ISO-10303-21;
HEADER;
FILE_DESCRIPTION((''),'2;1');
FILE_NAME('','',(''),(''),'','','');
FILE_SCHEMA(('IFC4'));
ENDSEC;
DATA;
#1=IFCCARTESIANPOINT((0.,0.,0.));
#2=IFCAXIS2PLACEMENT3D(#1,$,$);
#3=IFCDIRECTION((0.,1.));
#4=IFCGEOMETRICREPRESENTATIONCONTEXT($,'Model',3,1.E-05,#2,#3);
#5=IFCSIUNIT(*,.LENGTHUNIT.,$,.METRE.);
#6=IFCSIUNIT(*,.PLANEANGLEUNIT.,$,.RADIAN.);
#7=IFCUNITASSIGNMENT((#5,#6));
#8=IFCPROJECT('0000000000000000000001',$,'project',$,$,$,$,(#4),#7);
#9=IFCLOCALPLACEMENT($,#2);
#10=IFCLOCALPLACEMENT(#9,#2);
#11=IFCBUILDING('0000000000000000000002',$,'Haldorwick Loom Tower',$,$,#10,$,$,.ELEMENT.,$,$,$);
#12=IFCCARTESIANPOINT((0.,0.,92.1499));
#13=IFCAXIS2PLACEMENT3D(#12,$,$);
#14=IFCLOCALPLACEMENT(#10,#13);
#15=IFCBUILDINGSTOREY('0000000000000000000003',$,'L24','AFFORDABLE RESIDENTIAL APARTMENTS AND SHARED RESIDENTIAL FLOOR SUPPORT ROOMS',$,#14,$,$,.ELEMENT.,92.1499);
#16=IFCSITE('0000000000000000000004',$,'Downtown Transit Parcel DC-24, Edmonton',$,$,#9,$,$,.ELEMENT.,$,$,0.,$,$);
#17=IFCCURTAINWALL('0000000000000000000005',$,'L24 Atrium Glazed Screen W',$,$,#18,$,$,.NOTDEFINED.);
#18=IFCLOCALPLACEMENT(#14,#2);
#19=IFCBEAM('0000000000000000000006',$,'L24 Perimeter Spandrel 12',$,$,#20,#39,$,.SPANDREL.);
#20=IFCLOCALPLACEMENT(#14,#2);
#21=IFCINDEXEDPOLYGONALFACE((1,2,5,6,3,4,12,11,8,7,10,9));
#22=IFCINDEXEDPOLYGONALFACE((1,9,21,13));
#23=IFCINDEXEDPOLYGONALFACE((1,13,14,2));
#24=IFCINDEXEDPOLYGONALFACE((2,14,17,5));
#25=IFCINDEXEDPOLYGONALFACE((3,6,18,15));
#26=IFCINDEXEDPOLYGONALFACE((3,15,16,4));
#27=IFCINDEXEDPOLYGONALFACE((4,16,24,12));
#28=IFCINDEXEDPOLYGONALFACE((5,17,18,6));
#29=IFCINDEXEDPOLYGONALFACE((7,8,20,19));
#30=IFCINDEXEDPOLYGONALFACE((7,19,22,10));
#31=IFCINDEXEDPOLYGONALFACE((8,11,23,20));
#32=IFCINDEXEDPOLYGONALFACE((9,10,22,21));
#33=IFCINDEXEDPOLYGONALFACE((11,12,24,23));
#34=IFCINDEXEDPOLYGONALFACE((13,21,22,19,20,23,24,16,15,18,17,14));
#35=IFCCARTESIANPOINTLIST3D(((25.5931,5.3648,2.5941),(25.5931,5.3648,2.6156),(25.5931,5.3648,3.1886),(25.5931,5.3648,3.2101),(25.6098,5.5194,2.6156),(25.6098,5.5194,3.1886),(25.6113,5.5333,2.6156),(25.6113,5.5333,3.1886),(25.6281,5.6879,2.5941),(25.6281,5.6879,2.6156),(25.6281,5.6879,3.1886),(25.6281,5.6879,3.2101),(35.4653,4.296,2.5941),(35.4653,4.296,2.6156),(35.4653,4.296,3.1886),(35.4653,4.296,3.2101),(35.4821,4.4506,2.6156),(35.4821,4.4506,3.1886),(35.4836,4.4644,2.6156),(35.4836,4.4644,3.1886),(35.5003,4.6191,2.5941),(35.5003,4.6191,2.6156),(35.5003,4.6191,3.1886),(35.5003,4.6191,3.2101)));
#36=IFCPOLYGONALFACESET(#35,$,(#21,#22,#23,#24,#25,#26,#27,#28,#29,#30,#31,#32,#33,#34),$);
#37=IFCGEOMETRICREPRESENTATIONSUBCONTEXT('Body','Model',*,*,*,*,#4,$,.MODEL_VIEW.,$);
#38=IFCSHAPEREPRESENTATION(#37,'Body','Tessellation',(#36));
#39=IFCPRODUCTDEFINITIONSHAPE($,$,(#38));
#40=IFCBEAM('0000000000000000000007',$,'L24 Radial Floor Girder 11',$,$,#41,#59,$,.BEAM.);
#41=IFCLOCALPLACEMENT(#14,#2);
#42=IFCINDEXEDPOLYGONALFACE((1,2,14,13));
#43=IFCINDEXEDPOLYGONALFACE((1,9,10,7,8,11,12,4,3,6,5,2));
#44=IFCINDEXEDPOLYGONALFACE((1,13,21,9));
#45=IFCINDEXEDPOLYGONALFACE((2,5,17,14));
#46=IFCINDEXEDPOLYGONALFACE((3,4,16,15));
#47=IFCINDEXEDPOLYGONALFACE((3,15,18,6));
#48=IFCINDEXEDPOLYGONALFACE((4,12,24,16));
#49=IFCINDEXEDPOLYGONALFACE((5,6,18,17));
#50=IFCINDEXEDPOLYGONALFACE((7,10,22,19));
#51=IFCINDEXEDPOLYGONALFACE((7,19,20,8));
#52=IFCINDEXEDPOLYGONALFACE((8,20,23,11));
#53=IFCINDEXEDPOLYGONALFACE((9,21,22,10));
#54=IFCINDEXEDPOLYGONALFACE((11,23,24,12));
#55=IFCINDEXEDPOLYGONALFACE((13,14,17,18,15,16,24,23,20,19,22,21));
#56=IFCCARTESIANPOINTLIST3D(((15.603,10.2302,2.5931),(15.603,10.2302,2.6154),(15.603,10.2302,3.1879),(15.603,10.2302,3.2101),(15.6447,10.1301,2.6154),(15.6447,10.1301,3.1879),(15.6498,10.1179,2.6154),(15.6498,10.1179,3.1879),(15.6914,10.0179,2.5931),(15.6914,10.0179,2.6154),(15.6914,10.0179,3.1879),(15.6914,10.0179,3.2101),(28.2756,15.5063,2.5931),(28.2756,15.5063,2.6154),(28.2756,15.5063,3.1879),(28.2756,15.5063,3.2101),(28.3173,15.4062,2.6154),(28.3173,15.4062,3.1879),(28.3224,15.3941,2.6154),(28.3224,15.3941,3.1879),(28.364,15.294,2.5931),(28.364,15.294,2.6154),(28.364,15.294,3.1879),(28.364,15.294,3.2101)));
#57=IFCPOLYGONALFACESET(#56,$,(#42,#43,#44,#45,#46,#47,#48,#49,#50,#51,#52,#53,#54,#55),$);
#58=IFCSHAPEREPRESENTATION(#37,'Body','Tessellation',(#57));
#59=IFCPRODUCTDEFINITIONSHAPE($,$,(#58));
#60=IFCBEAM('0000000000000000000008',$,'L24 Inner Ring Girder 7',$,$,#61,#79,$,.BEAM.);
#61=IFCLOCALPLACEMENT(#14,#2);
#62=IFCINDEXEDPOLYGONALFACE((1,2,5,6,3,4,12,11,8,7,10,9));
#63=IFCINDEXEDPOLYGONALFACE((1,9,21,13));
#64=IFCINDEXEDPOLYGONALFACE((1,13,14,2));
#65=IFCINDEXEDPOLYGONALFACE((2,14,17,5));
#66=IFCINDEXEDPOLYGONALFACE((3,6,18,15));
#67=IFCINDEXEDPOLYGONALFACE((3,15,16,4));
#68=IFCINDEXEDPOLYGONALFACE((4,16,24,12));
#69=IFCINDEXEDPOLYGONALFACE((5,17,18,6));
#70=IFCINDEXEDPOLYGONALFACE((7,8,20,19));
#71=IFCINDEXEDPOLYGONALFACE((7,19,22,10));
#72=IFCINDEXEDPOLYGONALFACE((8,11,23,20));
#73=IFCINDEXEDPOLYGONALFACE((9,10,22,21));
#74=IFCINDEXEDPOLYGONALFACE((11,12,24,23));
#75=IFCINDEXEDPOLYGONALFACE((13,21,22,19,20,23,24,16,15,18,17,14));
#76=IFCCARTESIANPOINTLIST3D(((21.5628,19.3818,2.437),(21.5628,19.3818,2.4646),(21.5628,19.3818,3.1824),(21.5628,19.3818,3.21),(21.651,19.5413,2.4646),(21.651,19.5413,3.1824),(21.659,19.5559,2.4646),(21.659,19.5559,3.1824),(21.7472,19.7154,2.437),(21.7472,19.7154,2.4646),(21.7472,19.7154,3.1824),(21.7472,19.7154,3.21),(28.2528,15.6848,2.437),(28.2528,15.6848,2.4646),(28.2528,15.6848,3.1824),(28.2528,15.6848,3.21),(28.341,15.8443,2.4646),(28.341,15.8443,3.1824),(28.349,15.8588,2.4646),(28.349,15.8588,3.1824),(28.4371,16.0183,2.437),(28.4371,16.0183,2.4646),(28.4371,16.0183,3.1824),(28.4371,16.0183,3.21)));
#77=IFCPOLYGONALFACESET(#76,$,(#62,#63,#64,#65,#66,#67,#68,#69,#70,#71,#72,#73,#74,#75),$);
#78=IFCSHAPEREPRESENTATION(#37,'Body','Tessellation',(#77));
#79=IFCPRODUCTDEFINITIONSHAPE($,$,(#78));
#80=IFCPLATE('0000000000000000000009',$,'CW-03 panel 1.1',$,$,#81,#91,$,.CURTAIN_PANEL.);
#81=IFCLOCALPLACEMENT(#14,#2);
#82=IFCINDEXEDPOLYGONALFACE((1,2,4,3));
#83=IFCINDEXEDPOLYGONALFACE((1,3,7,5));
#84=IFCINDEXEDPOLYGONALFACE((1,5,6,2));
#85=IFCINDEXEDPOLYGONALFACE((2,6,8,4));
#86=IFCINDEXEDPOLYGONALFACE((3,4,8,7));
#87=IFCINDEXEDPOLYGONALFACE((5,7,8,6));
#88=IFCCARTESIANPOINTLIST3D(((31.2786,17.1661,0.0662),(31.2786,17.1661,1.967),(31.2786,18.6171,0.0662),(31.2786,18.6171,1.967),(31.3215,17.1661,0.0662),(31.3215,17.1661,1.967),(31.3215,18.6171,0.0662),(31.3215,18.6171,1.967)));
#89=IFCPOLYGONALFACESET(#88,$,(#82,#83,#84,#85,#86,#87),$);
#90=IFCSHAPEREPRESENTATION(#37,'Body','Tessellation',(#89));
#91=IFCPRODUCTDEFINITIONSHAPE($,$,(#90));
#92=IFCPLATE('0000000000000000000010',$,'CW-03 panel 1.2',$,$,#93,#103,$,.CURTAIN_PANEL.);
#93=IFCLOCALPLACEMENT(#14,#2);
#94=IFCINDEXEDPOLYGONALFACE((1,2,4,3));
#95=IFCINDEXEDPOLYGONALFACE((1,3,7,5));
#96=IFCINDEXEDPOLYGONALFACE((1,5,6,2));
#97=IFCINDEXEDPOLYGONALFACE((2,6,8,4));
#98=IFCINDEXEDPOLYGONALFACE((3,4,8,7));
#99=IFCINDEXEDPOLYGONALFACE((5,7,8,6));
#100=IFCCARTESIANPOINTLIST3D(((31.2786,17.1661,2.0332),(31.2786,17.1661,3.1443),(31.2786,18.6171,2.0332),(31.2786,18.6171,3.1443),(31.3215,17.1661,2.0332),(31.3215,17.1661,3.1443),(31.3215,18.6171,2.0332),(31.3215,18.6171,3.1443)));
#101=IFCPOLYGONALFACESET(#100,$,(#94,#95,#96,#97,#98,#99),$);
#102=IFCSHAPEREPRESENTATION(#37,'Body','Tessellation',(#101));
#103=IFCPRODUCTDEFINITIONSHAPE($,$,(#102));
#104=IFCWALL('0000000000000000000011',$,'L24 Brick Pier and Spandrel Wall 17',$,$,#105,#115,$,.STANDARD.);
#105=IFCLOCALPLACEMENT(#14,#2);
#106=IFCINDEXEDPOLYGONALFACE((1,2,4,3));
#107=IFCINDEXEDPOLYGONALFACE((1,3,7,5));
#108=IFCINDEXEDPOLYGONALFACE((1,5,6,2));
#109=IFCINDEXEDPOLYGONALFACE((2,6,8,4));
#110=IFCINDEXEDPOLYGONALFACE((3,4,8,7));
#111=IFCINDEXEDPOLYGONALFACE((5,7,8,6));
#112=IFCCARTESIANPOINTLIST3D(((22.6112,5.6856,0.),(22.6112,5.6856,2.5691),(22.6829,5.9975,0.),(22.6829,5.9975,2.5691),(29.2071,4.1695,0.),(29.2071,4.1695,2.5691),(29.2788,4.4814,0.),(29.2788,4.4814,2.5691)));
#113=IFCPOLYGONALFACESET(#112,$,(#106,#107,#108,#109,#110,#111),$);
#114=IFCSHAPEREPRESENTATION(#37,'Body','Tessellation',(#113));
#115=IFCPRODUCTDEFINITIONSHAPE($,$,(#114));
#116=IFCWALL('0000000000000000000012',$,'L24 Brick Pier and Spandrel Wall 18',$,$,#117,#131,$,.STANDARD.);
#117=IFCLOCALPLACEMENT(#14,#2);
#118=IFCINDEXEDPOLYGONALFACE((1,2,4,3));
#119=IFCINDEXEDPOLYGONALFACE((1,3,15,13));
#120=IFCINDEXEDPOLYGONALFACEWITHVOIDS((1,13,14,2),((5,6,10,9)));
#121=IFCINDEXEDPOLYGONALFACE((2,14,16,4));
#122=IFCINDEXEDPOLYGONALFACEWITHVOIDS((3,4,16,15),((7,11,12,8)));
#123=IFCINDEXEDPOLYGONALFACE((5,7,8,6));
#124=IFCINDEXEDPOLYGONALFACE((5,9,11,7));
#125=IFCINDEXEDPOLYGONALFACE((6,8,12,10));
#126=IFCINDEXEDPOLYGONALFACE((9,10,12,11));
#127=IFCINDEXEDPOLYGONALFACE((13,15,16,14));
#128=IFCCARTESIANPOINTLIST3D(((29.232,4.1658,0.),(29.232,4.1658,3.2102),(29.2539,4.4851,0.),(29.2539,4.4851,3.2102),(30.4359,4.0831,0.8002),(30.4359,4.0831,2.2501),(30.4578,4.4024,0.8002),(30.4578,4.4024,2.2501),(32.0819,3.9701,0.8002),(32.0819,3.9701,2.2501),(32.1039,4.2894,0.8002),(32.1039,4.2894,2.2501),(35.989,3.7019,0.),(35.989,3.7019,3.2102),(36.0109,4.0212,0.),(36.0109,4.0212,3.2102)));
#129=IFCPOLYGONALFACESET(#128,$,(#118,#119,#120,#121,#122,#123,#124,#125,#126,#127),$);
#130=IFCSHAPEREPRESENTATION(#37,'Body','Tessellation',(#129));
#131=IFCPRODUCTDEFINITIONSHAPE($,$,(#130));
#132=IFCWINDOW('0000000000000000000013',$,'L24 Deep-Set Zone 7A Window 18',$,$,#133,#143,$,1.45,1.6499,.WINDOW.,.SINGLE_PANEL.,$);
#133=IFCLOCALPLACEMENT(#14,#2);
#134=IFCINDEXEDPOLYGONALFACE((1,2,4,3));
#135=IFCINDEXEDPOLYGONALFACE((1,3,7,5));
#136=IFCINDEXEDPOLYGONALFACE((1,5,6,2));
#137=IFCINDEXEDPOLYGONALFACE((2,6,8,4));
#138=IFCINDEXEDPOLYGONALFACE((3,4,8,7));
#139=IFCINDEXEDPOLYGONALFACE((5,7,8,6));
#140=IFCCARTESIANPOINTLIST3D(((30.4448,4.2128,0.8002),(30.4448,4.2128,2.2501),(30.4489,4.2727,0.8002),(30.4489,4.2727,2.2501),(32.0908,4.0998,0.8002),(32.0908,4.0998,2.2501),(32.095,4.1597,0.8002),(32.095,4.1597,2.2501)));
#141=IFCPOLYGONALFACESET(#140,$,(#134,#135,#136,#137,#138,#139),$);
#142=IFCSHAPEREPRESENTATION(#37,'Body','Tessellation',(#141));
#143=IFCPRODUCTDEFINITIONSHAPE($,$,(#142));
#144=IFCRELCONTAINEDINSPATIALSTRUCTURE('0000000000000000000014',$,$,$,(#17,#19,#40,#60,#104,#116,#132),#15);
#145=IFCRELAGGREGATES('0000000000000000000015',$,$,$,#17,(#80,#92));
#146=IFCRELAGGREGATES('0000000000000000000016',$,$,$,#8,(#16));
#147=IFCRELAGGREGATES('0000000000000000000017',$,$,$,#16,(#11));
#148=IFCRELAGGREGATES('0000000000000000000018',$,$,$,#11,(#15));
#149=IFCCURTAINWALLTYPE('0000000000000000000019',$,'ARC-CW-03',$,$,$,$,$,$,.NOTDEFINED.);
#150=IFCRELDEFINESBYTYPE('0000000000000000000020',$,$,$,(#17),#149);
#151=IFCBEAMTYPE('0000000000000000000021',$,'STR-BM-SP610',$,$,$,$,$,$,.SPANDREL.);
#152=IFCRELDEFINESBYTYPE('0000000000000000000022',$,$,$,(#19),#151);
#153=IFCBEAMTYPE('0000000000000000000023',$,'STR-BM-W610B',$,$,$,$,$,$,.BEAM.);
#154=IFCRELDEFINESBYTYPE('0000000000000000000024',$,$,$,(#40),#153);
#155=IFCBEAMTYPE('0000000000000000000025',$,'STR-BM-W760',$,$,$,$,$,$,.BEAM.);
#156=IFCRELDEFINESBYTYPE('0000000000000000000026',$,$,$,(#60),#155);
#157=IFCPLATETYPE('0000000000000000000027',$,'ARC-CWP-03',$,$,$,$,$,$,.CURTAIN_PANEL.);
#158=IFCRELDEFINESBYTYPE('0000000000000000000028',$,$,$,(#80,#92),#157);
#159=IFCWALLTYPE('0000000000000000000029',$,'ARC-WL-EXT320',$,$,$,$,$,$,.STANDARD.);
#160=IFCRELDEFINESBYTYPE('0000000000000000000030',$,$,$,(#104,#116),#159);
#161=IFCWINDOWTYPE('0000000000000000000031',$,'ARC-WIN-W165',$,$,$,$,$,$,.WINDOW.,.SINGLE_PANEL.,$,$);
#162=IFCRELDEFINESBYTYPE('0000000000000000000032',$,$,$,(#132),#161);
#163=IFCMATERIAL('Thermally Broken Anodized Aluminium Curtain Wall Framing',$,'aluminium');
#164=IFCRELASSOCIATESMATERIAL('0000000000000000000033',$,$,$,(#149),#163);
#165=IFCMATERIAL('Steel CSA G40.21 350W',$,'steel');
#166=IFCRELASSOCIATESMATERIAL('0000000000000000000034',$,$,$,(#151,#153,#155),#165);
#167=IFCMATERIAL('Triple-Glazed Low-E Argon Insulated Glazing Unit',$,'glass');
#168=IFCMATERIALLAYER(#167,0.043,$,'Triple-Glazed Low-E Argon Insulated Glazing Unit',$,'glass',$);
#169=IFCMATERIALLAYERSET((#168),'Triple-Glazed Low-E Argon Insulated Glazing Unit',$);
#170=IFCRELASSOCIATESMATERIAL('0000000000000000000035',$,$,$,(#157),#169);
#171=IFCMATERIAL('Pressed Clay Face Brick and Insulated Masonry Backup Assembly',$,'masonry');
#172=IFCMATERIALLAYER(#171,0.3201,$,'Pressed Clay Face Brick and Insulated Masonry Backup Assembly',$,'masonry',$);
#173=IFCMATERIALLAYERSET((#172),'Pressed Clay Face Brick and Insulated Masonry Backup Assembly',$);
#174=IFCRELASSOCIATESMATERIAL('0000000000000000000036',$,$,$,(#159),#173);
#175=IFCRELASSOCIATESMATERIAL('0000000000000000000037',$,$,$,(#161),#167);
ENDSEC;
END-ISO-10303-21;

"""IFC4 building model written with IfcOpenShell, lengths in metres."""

from ifc_helpers import new_model, si_unit, direction, frame, frame_2d, origin, origin_2d, place, context, subcontext, project, spatial, rectangle, i_section, extrude, material, layer, layer_set, material_profile, profile_set, type_object, element, fill, aggregate, save


model = new_model("IFC4")

# Units and contexts
model_context = context("Model", 3, precision=1e-05, world=origin(), true_north=direction((0.0, 1.0)))
body_context = subcontext(model_context, "Body", "Model", "MODEL_VIEW")
ifc_project = project(units=[si_unit("LENGTHUNIT", "METRE"), si_unit("PLANEANGLEUNIT", "RADIAN")], contexts=[model_context])

# Site, building, storey
site_placement = place(None, origin())
site = spatial("IfcSite", under=ifc_project, at=site_placement, Name="Downtown Transit Parcel DC-24, Edmonton", CompositionType="ELEMENT", RefElevation=0.0)
building_placement = place(site_placement, origin())
building = spatial("IfcBuilding", under=site, at=building_placement, Name="Haldorwick Loom Tower", CompositionType="ELEMENT")
storey_placement = place(building_placement, frame((0.0, 0.0, 92.1499)))
storey = spatial("IfcBuildingStorey", under=building, at=storey_placement, Name="L24", Description="AFFORDABLE RESIDENTIAL APARTMENTS AND SHARED RESIDENTIAL FLOOR SUPPORT ROOMS", CompositionType="ELEMENT", Elevation=92.1499)

# Curtain wall
ifc_material_1 = material(Name="Thermally Broken Anodized Aluminium Curtain Wall Framing", Category="aluminium")
curtain_wall_type = type_object("IfcCurtainWallType", Name="ARC-CW-03", PredefinedType="NOTDEFINED", material=ifc_material_1)
curtain_wall_placement = place(storey_placement, origin())
curtain_wall = element("IfcCurtainWall", 1, at=curtain_wall_placement, inside=storey, type_object=curtain_wall_type, Name="L24 Atrium Glazed Screen W", PredefinedType="NOTDEFINED")

# Beams
ifc_material_2 = material(Name="Steel CSA G40.21 350W", Category="steel")
ifc_material_profile_1 = material_profile(ifc_material_2, i_section(OverallWidth=0.325, OverallDepth=0.616, WebThickness=0.0139, FlangeThickness=0.0215, at=origin_2d()), Name="W610X174", Category="steel")
ifc_profile_set_1 = profile_set([ifc_material_profile_1], Name="Steel CSA G40.21 350W")
beam_type_1 = type_object("IfcBeamType", Name="STR-BM-SP610", PredefinedType="SPANDREL", material=ifc_profile_set_1)
beam_1_placement = place(storey_placement, frame((25.6106, 5.5264, 2.9021), z_axis=(0.99419, -0.107638, 0.0), x_axis=(0.107638, 0.99419, 0.0)))
element("IfcBeam", 2, at=beam_1_placement, inside=storey, type_object=beam_type_1, Name="L24 Perimeter Spandrel 12", PredefinedType="SPANDREL", context=body_context, shape_type="SweptSolid", body=[
    extrude(i_section(OverallWidth=0.325, OverallDepth=0.616, WebThickness=0.0139, FlangeThickness=0.0215, at=origin_2d()), origin(), (0.0, 0.0, 1.0), 9.9299),
])
ifc_material_profile_2 = material_profile(ifc_material_2, i_section(OverallWidth=0.23, OverallDepth=0.6169, WebThickness=0.0132, FlangeThickness=0.0222, at=origin_2d()), Name="W610X140", Category="steel")
ifc_profile_set_2 = profile_set([ifc_material_profile_2], Name="Steel CSA G40.21 350W")
beam_type_2 = type_object("IfcBeamType", Name="STR-BM-W610B", PredefinedType="BEAM", material=ifc_profile_set_2)
beam_2_placement = place(storey_placement, frame((28.3198, 15.4001, 2.9016), z_axis=(-0.923184, -0.384359, 0.0), x_axis=(0.384359, -0.923184, 0.0)))
element("IfcBeam", 3, at=beam_2_placement, inside=storey, type_object=beam_type_2, Name="L24 Radial Floor Girder 11", PredefinedType="BEAM", context=body_context, shape_type="SweptSolid", body=[
    extrude(i_section(OverallWidth=0.23, OverallDepth=0.6169, WebThickness=0.0132, FlangeThickness=0.0222, at=origin_2d()), origin(), (0.0, 0.0, 1.0), 13.7271),
])
ifc_material_profile_3 = material_profile(ifc_material_2, i_section(OverallWidth=0.3811, OverallDepth=0.7729, WebThickness=0.0166, FlangeThickness=0.0276, at=origin_2d()), Name="W760X257", Category="steel")
ifc_profile_set_3 = profile_set([ifc_material_profile_3], Name="Steel CSA G40.21 350W")
beam_type_3 = type_object("IfcBeamType", Name="STR-BM-W760", PredefinedType="BEAM", material=ifc_profile_set_3)
beam_3_placement = place(storey_placement, frame((28.345, 15.8516, 2.8235), z_axis=(-0.875244, 0.483681, 0.0), x_axis=(-0.483681, -0.875244, 0.0)))
element("IfcBeam", 4, at=beam_3_placement, inside=storey, type_object=beam_type_3, Name="L24 Inner Ring Girder 7", PredefinedType="BEAM", context=body_context, shape_type="SweptSolid", body=[
    extrude(i_section(OverallWidth=0.3811, OverallDepth=0.7729, WebThickness=0.0166, FlangeThickness=0.0276, at=origin_2d()), origin(), (0.0, 0.0, 1.0), 7.6436),
])

# Plates
ifc_material_3 = material(Name="Triple-Glazed Low-E Argon Insulated Glazing Unit", Category="glass")
ifc_layer_1 = layer(ifc_material_3, 0.043, Name="Triple-Glazed Low-E Argon Insulated Glazing Unit", Category="glass")
ifc_layer_set_1 = layer_set([ifc_layer_1], Name="Triple-Glazed Low-E Argon Insulated Glazing Unit")
plate_type = type_object("IfcPlateType", Name="ARC-CWP-03", PredefinedType="CURTAIN_PANEL", material=ifc_layer_set_1)
plate_1_placement = place(storey_placement, frame((31.3, 17.8916, 0.0662), z_axis=(0.0, 0.0, 1.0), x_axis=(0.0, 1.0, 0.0)))
plate_1 = element("IfcPlate", 5, at=plate_1_placement, type_object=plate_type, Name="CW-03 panel 1.1", PredefinedType="CURTAIN_PANEL", context=body_context, shape_type="SweptSolid", body=[
    extrude(rectangle(XDim=1.4509, YDim=0.043, at=origin_2d()), origin(), (0.0, 0.0, 1.0), 1.9009),
])
plate_2_placement = place(storey_placement, frame((31.3, 17.8916, 2.0332), z_axis=(0.0, 0.0, 1.0), x_axis=(0.0, 1.0, 0.0)))
plate_2 = element("IfcPlate", 6, at=plate_2_placement, type_object=plate_type, Name="CW-03 panel 1.2", PredefinedType="CURTAIN_PANEL", context=body_context, shape_type="SweptSolid", body=[
    extrude(rectangle(XDim=1.4509, YDim=0.043, at=origin_2d()), origin(), (0.0, 0.0, 1.0), 1.1111),
])
aggregate(curtain_wall, [plate_1, plate_2])

# Wall
ifc_material_4 = material(Name="Pressed Clay Face Brick and Insulated Masonry Backup Assembly", Category="masonry")
ifc_layer_2 = layer(ifc_material_4, 0.3201, Name="Pressed Clay Face Brick and Insulated Masonry Backup Assembly", Category="masonry")
ifc_layer_set_2 = layer_set([ifc_layer_2], Name="Pressed Clay Face Brick and Insulated Masonry Backup Assembly")
wall_type_1 = type_object("IfcWallType", Name="ARC-WL-EXT320", PredefinedType="STANDARD", material=ifc_layer_set_2)
wall_1_placement = place(storey_placement, frame((22.6472, 5.8416, 0.0), z_axis=(0.0, 0.0, 1.0), x_axis=(0.974584, -0.224022, 0.0)))
element("IfcWall", 7, at=wall_1_placement, inside=storey, type_object=wall_type_1, Name="L24 Brick Pier and Spandrel Wall 17", PredefinedType="STANDARD", context=body_context, shape_type="SweptSolid", body=[
    extrude(rectangle(XDim=6.7678, YDim=0.3201, at=frame_2d((3.3838, 0.0))), origin(), (0.0, 0.0, 1.0), 2.5691),
])

# Wall, opening, window
wall_2_placement = place(storey_placement, frame((29.2429, 4.3254, 0.0), z_axis=(0.0, 0.0, 1.0), x_axis=(0.997652, -0.068488, 0.0)))
wall_2 = element("IfcWall", 8, at=wall_2_placement, inside=storey, type_object=wall_type_1, Name="L24 Brick Pier and Spandrel Wall 18", PredefinedType="STANDARD", context=body_context, shape_type="SweptSolid", body=[
    extrude(rectangle(XDim=6.7729, YDim=0.3201, at=frame_2d((3.3865, 0.0))), origin(), (0.0, 0.0, 1.0), 3.2102),
])
opening_1_placement = place(wall_2_placement, frame((1.2068, 0.0, 0.8)))
opening_1 = element("IfcOpeningElement", 9, at=opening_1_placement, cuts=wall_2, PredefinedType="OPENING", context=body_context, shape_type="SweptSolid", body=[
    extrude(rectangle(XDim=1.6499, YDim=1.45, at=frame_2d((0.825, 0.7251))), frame((0.0, 0.1699, 0.0), z_axis=(0.0, -1.0, 0.0), x_axis=(1.0, 0.0, 0.0)), (0.0, 0.0, 1.0), 0.3401),
])
window_type = type_object("IfcWindowType", Name="ARC-WIN-W165", PartitioningType="SINGLE_PANEL", PredefinedType="WINDOW", material=ifc_material_3)
window_placement = place(opening_1_placement, origin())
window = element("IfcWindow", 10, at=window_placement, inside=storey, type_object=window_type, Name="L24 Deep-Set Zone 7A Window 18", OverallHeight=1.45, OverallWidth=1.6499, PartitioningType="SINGLE_PANEL", PredefinedType="WINDOW", context=body_context, shape_type="SweptSolid", body=[
    extrude(rectangle(XDim=1.6499, YDim=1.45, at=frame_2d((0.825, 0.7251))), frame((0.0, 0.03, 0.0), z_axis=(0.0, -1.0, 0.0), x_axis=(1.0, 0.0, 0.0)), (0.0, 0.0, 1.0), 0.0601),
])
fill(opening_1, window)

save(model, "model.ifc")
